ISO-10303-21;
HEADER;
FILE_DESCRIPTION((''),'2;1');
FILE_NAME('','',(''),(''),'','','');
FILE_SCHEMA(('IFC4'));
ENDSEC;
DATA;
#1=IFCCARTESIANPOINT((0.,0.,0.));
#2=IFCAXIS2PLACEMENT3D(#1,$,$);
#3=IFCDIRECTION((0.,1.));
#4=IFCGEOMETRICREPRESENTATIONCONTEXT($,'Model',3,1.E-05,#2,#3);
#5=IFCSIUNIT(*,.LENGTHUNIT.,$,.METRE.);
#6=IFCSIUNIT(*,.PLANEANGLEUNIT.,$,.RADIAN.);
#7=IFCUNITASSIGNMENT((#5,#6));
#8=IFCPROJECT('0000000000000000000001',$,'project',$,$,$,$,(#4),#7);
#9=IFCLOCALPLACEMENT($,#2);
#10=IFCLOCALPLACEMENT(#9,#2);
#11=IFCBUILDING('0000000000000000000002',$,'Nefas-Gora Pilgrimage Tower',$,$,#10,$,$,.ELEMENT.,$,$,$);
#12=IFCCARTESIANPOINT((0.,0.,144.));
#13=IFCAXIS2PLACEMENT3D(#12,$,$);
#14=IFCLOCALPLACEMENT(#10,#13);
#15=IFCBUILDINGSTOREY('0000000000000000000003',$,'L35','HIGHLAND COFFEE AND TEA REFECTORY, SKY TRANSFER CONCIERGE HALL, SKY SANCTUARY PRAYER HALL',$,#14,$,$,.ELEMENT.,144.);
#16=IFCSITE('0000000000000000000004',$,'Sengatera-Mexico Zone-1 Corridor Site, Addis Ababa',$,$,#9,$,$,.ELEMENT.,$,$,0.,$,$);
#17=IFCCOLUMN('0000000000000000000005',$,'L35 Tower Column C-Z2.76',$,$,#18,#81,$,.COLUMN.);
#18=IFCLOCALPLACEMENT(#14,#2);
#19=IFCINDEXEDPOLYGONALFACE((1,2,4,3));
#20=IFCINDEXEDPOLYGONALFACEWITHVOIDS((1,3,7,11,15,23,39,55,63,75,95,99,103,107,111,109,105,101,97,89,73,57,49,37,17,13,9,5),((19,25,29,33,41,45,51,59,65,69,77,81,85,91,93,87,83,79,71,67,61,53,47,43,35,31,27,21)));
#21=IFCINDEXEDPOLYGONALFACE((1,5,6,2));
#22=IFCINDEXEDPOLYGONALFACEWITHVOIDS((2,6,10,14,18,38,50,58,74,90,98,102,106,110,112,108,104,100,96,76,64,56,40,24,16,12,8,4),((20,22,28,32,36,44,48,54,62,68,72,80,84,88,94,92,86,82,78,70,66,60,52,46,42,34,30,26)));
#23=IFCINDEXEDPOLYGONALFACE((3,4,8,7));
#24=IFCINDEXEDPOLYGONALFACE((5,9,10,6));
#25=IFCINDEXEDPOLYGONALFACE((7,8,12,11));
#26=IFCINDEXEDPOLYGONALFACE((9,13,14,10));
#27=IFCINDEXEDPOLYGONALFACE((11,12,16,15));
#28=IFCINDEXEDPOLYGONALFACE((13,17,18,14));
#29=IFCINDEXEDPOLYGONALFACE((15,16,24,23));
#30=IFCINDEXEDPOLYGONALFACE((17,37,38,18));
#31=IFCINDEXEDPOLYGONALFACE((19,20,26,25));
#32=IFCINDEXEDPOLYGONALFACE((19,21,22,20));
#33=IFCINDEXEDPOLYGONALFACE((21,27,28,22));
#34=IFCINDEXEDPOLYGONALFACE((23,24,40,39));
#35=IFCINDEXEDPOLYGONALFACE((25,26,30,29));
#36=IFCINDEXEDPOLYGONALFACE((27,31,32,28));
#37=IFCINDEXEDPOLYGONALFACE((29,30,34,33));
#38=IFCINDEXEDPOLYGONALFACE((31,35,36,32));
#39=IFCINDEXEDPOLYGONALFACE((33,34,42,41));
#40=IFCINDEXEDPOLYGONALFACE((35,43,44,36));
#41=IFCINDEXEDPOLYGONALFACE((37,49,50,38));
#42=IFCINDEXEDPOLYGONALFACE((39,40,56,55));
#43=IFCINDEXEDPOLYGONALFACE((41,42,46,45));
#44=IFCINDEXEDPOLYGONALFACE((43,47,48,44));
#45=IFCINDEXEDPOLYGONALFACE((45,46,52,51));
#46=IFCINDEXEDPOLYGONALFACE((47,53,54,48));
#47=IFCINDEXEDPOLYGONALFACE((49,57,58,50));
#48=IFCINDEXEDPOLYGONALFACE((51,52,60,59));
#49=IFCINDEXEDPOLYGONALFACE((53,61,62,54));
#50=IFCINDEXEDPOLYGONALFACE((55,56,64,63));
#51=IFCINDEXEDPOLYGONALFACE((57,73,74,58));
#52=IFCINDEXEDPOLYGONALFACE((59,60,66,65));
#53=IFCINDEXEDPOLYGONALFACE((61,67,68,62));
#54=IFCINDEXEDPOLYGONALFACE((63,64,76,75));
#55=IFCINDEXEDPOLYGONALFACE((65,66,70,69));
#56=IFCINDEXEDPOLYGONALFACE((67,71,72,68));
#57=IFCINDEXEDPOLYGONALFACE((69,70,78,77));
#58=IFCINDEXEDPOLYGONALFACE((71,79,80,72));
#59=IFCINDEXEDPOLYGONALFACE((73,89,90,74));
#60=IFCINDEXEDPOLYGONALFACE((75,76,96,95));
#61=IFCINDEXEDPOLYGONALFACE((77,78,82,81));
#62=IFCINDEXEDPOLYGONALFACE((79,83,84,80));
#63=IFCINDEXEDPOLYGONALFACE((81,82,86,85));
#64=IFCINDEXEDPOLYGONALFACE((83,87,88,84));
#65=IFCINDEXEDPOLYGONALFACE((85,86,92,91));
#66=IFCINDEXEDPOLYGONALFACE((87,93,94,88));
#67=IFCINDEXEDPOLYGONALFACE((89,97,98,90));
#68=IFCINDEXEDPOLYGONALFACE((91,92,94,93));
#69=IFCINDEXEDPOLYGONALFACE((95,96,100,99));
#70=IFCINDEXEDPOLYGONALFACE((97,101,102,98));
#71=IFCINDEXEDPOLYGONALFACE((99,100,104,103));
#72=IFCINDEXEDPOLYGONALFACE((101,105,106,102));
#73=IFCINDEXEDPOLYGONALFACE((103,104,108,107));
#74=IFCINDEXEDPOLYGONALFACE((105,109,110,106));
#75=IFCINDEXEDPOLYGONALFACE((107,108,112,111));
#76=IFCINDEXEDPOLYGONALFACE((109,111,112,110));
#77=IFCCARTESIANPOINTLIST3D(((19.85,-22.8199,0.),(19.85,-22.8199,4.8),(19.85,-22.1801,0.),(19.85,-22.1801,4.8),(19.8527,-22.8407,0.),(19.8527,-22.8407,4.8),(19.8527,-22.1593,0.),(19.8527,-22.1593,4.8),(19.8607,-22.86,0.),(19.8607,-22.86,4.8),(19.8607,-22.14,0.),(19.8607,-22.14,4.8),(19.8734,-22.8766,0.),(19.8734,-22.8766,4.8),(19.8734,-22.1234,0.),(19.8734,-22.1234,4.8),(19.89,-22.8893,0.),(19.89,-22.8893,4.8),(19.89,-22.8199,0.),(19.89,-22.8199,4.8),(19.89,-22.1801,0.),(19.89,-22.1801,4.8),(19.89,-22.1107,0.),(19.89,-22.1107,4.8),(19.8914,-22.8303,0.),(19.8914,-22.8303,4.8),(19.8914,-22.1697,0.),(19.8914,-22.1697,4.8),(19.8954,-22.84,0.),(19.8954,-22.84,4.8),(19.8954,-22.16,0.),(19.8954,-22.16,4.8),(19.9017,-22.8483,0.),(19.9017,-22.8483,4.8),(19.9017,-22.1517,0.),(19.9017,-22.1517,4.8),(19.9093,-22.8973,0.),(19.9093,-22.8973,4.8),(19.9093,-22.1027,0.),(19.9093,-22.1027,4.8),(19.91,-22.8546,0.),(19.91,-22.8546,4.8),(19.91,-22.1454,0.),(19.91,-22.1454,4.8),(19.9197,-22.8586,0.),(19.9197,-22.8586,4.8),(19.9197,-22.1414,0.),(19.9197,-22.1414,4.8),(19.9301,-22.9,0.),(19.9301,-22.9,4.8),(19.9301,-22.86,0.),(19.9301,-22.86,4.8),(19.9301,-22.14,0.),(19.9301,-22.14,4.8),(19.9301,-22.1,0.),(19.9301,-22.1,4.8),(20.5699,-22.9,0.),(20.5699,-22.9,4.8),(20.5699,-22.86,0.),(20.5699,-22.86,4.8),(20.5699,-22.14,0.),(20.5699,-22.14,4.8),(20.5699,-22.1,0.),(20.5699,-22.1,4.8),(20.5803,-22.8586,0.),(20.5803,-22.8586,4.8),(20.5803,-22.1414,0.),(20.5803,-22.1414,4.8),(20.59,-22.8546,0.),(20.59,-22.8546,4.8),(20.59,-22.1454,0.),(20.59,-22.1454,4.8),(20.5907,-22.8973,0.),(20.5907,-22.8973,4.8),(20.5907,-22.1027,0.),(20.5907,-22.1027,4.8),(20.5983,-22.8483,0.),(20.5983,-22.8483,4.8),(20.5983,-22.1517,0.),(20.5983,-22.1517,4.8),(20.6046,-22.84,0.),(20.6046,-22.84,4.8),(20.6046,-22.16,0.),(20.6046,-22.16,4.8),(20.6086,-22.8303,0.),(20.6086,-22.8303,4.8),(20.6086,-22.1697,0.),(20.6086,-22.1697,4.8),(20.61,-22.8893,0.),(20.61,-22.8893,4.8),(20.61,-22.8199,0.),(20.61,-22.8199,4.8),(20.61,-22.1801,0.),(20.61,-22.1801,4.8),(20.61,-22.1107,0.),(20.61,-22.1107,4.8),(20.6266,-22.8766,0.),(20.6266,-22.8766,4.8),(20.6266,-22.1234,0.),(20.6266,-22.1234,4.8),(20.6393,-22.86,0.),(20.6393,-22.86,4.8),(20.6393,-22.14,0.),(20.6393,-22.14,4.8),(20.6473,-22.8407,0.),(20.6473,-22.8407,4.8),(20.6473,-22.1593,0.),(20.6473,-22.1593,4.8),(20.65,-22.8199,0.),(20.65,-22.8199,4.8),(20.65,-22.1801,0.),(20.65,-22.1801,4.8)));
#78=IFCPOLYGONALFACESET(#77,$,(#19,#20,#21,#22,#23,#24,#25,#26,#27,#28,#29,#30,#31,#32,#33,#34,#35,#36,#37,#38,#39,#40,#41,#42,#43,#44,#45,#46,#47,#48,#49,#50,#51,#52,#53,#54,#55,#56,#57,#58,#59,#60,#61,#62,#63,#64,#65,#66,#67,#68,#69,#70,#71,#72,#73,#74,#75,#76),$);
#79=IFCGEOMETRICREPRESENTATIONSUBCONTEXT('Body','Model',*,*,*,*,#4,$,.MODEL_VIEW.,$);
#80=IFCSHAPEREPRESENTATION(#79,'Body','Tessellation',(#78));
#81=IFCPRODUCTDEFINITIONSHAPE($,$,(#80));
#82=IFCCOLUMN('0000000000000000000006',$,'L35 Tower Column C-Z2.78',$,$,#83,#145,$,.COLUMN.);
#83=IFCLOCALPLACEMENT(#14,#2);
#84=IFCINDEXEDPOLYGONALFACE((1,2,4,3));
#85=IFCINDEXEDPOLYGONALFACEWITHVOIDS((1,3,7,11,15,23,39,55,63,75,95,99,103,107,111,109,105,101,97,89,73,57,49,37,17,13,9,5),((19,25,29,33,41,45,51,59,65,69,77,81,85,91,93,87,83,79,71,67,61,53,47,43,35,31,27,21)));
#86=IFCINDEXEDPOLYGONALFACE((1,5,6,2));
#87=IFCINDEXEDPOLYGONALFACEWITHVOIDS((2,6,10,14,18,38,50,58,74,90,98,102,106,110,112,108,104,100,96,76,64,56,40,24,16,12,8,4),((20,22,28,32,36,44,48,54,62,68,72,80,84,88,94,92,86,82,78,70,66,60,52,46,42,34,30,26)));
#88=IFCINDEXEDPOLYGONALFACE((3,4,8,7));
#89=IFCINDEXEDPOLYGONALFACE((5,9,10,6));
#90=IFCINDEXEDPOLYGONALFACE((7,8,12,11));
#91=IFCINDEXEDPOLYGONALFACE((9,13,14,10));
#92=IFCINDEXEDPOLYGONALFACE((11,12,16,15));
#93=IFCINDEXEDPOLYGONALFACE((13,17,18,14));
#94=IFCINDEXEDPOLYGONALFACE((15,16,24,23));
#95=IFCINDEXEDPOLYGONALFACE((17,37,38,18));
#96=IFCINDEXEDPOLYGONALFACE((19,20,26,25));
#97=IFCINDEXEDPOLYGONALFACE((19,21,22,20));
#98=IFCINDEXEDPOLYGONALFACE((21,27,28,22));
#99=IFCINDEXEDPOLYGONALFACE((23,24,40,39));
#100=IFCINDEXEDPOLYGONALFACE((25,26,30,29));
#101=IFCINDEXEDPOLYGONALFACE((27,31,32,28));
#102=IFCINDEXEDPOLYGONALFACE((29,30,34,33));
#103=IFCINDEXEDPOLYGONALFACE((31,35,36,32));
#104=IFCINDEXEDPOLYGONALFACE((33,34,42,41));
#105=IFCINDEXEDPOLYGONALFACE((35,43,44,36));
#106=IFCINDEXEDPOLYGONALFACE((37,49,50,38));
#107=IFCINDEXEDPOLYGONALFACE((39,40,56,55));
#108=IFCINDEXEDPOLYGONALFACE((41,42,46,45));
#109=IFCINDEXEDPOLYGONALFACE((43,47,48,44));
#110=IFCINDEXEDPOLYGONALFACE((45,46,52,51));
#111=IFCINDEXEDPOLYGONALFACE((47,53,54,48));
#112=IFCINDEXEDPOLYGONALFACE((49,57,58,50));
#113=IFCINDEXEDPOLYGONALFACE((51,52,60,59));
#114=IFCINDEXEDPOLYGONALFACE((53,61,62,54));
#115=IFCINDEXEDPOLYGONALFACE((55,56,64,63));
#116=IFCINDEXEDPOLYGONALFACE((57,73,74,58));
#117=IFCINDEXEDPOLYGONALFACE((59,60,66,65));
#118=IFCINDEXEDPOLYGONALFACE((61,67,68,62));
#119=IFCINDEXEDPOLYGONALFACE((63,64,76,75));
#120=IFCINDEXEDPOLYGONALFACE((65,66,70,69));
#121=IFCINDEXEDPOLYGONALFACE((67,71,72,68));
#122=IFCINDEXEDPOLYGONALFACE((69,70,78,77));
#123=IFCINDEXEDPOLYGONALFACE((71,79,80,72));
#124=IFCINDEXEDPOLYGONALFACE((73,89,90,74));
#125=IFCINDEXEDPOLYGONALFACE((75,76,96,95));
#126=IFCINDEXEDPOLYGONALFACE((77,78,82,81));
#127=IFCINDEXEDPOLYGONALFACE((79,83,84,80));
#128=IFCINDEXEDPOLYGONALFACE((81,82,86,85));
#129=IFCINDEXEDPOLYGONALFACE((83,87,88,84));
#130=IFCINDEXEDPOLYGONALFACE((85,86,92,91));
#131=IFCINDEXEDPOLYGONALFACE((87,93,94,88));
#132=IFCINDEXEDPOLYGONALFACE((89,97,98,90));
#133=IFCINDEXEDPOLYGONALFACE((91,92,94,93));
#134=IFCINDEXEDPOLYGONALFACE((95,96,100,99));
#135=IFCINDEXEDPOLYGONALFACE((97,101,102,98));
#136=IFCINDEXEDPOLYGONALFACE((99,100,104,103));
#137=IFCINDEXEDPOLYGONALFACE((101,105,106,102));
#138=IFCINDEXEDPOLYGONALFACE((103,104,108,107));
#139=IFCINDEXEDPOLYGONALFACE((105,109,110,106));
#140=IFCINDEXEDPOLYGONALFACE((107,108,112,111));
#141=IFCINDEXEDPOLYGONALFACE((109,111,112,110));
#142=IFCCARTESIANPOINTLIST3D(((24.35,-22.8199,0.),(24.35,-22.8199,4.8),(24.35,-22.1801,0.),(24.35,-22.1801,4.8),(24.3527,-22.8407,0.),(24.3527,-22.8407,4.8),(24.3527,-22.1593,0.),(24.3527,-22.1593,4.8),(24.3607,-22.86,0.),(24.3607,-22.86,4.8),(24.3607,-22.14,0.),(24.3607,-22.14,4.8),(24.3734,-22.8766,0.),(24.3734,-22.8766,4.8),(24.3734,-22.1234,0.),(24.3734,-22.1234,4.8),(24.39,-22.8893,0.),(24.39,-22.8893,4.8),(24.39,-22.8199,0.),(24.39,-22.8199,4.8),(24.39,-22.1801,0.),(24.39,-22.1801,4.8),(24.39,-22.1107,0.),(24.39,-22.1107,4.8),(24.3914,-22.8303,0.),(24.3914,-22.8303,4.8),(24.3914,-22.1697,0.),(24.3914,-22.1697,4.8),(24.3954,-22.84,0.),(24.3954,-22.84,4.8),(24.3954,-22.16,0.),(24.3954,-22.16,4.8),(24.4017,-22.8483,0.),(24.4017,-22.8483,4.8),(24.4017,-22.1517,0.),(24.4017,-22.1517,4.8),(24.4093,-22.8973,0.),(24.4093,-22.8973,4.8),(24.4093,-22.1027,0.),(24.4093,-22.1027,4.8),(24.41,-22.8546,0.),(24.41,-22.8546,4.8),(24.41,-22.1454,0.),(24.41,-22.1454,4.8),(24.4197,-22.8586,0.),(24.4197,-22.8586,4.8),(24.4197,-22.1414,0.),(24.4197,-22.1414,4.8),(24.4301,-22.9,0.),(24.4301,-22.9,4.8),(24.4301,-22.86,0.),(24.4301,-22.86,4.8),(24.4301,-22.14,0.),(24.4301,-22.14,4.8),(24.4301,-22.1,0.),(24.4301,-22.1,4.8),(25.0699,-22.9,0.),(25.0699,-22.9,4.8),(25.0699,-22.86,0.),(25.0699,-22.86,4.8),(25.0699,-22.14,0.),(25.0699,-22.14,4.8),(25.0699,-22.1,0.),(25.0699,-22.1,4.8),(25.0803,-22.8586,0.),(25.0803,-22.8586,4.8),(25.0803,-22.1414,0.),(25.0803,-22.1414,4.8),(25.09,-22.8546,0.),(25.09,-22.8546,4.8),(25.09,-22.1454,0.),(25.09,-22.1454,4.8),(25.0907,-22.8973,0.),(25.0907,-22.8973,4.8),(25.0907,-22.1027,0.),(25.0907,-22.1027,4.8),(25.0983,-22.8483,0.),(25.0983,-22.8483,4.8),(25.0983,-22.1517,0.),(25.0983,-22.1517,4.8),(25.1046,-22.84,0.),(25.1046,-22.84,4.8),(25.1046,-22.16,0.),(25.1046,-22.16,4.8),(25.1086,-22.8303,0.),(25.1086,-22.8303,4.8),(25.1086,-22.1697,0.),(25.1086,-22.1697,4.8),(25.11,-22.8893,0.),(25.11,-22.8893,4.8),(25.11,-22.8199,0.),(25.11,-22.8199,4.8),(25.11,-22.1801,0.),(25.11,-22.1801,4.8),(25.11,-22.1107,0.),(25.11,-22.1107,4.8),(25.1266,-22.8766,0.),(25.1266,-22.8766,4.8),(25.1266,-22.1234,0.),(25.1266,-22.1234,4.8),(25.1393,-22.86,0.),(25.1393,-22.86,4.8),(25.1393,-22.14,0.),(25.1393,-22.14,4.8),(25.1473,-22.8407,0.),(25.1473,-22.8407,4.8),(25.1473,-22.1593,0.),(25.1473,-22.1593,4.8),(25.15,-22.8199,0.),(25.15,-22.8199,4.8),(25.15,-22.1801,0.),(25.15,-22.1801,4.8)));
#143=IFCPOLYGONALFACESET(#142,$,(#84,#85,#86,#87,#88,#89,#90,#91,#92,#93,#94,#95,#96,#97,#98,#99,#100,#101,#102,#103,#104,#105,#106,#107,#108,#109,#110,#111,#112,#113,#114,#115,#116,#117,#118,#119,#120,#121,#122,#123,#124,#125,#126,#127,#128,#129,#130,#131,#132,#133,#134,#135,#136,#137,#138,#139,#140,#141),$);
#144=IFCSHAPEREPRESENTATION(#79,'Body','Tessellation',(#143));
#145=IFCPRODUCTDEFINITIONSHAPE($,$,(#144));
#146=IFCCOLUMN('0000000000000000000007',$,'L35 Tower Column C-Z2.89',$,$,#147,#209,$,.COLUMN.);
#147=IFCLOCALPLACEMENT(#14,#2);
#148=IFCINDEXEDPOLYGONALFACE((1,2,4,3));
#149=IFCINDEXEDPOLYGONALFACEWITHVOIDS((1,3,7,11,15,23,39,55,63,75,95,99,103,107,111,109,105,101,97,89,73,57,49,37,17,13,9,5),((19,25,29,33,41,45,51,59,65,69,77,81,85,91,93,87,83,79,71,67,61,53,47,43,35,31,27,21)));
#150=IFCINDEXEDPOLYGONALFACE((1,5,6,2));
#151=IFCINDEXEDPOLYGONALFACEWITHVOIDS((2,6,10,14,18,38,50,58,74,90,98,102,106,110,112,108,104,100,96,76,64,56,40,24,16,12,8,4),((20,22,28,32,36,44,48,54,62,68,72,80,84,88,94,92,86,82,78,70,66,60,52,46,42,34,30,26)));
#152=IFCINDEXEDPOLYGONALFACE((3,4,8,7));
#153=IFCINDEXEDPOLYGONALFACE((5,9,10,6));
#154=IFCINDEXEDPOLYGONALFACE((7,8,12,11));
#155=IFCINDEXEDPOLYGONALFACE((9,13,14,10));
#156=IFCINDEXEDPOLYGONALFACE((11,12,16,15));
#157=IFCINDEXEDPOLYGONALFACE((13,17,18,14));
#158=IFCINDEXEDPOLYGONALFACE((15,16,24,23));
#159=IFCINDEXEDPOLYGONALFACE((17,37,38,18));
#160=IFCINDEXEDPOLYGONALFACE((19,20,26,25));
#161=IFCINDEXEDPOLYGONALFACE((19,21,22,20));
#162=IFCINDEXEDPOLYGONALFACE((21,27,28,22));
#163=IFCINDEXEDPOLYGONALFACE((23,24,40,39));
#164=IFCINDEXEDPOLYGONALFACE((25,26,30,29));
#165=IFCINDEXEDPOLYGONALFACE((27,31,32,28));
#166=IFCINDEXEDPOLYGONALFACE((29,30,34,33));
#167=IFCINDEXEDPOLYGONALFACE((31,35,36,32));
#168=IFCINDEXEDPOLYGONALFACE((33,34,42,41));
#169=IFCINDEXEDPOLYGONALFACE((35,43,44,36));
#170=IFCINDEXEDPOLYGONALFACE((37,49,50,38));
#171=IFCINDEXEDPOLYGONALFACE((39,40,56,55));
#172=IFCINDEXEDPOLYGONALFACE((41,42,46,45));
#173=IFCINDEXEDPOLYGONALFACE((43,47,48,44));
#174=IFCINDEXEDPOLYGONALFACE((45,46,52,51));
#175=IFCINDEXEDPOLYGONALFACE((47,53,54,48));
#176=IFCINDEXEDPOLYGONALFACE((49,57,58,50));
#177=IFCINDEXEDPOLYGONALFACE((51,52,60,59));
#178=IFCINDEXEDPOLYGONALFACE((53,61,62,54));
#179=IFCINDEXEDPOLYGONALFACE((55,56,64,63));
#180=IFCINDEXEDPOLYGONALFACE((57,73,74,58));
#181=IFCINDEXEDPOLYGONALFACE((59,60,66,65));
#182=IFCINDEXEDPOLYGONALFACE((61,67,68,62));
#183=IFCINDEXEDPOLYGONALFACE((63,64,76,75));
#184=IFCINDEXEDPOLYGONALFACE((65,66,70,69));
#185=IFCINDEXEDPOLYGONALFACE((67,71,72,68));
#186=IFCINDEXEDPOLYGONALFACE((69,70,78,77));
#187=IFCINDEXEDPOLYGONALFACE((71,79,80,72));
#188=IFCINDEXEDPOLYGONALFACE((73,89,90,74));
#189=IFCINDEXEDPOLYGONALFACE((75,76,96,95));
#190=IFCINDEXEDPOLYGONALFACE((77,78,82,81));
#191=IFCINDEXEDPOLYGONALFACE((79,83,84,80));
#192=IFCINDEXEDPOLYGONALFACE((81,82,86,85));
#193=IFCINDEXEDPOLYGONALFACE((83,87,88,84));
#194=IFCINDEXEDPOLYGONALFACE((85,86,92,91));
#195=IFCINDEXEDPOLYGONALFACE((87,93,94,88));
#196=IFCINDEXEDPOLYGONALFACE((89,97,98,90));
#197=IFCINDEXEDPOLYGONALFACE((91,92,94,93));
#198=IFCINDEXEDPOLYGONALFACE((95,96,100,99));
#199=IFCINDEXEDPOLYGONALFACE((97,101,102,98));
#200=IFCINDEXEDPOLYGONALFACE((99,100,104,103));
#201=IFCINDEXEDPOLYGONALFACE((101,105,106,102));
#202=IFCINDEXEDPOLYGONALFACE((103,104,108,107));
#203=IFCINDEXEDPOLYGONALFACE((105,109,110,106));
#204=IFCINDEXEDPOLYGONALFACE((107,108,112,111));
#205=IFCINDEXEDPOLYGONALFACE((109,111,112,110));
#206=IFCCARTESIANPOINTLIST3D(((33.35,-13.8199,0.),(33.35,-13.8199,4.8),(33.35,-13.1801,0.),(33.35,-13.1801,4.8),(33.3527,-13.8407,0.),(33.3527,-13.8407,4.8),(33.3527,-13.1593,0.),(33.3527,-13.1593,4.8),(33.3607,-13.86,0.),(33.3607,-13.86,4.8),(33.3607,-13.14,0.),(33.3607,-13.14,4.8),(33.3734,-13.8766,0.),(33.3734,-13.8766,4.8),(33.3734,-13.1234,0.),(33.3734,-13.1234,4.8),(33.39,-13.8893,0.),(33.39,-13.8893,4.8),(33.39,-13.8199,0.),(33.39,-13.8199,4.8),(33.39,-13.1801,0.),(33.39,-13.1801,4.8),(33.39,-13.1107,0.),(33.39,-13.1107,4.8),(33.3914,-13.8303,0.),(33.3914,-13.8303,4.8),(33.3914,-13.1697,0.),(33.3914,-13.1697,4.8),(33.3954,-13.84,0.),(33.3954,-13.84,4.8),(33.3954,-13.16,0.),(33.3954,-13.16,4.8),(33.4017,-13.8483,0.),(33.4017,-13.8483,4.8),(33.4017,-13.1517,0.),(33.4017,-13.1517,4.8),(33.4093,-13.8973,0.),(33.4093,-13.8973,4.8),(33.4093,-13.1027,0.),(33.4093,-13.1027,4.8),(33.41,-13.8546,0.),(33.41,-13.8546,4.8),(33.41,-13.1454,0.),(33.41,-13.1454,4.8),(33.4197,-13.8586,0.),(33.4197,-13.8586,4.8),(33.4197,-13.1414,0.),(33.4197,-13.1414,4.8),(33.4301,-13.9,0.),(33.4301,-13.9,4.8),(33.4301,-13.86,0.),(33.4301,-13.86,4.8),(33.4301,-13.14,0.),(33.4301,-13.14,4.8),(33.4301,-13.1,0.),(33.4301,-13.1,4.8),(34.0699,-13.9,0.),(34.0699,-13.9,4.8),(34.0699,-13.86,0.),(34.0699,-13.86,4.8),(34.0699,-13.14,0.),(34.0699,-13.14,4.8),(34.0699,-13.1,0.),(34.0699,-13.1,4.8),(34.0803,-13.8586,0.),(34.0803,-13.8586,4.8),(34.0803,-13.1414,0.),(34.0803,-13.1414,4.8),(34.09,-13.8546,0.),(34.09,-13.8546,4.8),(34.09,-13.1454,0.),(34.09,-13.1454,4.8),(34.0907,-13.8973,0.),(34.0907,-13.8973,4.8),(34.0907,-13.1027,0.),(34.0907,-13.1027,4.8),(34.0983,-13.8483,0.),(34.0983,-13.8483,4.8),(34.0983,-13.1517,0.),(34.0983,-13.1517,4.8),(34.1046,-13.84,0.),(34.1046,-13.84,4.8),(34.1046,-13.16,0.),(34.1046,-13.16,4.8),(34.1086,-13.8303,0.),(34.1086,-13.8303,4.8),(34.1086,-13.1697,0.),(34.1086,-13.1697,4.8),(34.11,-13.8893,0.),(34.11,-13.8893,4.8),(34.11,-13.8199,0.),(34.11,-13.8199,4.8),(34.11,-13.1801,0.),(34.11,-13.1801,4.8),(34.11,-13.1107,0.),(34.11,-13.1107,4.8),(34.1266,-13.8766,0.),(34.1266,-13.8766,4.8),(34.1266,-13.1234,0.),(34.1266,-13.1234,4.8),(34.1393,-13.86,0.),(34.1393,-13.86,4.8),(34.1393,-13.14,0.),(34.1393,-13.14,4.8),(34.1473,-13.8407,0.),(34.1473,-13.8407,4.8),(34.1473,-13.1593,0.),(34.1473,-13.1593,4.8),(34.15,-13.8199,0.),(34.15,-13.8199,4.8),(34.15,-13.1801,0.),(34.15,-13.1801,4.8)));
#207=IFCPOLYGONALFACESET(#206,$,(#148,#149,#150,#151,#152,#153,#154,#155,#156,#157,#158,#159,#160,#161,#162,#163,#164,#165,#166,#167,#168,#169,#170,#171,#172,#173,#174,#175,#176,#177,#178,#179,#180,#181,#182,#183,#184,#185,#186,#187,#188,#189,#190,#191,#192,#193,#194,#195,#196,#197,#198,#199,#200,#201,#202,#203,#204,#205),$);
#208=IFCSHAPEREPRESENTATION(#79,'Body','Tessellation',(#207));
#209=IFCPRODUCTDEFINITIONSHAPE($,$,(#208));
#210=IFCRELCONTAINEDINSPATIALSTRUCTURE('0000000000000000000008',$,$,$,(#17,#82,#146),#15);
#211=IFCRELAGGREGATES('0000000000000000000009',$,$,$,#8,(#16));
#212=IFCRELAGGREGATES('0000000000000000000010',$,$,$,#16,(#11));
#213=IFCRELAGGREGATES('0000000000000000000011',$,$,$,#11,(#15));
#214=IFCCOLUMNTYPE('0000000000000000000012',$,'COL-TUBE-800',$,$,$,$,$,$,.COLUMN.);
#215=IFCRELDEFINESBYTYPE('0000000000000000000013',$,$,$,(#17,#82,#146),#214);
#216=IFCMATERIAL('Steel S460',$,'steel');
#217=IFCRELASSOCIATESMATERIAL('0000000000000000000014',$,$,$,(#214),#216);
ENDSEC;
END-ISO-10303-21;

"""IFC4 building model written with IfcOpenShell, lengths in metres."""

from ifc_helpers import new_model, si_unit, direction, frame, origin, origin_2d, place, context, subcontext, project, spatial, hollow_rectangle, extrude, source, transform, mapped, material, material_profile, profile_set, type_object, element, save


model = new_model("IFC4")

# Units and contexts
model_context = context("Model", 3, precision=1e-05, world=origin(), true_north=direction((0.0, 1.0)))
body_context = subcontext(model_context, "Body", "Model", "MODEL_VIEW")
ifc_project = project(units=[si_unit("LENGTHUNIT", "METRE"), si_unit("PLANEANGLEUNIT", "RADIAN")], contexts=[model_context])

# Site, building, storey
site_placement = place(None, origin())
site = spatial("IfcSite", under=ifc_project, at=site_placement, Name="Sengatera-Mexico Zone-1 Corridor Site, Addis Ababa", CompositionType="ELEMENT", RefElevation=0.0)
building_placement = place(site_placement, origin())
building = spatial("IfcBuilding", under=site, at=building_placement, Name="Nefas-Gora Pilgrimage Tower", CompositionType="ELEMENT")
storey_placement = place(building_placement, frame((0.0, 0.0, 144.0)))
storey = spatial("IfcBuildingStorey", under=building, at=storey_placement, Name="L35", Description="HIGHLAND COFFEE AND TEA REFECTORY, SKY TRANSFER CONCIERGE HALL, SKY SANCTUARY PRAYER HALL", CompositionType="ELEMENT", Elevation=144.0)

# Columns
ifc_material_1 = material(Name="Steel S460", Category="steel")
ifc_material_profile_1 = material_profile(ifc_material_1, hollow_rectangle(XDim=0.8, YDim=0.8, WallThickness=0.04, InnerFilletRadius=0.04, OuterFilletRadius=0.0801, at=origin_2d()), Name="BOX 800x800x40")
ifc_profile_set_1 = profile_set([ifc_material_profile_1], Name="Steel S460")
column_type_1 = type_object("IfcColumnType", Name="COL-TUBE-800", PredefinedType="COLUMN", material=ifc_profile_set_1)
shared_shape_1 = source(origin(), body_context, "Body", "SweptSolid", [
    extrude(hollow_rectangle(XDim=0.8, YDim=0.8, WallThickness=0.04, InnerFilletRadius=0.04, OuterFilletRadius=0.0801, at=origin_2d()), origin(), (0.0, 0.0, 1.0), 4.8),
])
for number, where, z_axis, x_axis, name in (
    (1, (20.25, -22.5, 0.0), (0.0, 0.0, 1.0), (1.0, 0.0, 0.0), "L35 Tower Column C-Z2.76"),
    (2, (24.75, -22.5, 0.0), (0.0, 0.0, 1.0), (1.0, 0.0, 0.0), "L35 Tower Column C-Z2.78"),
    (3, (33.75, -13.5, 0.0), (0.0, 0.0, 1.0), (1.0, 0.0, 0.0), "L35 Tower Column C-Z2.89"),
):
    element("IfcColumn", number, at=place(storey_placement, frame(where, z_axis=z_axis, x_axis=x_axis)), inside=storey, type_object=column_type_1, Name=name, PredefinedType="COLUMN", context=body_context, shape_type="MappedRepresentation", body=[
        mapped(shared_shape_1, transform((0.0, 0.0, 0.0), x_axis=(1.0, 0.0, 0.0), y_axis=(0.0, 1.0, 0.0), z_axis=(0.0, 0.0, 1.0), scale=1.0)),
    ])

save(model, "model.ifc")
